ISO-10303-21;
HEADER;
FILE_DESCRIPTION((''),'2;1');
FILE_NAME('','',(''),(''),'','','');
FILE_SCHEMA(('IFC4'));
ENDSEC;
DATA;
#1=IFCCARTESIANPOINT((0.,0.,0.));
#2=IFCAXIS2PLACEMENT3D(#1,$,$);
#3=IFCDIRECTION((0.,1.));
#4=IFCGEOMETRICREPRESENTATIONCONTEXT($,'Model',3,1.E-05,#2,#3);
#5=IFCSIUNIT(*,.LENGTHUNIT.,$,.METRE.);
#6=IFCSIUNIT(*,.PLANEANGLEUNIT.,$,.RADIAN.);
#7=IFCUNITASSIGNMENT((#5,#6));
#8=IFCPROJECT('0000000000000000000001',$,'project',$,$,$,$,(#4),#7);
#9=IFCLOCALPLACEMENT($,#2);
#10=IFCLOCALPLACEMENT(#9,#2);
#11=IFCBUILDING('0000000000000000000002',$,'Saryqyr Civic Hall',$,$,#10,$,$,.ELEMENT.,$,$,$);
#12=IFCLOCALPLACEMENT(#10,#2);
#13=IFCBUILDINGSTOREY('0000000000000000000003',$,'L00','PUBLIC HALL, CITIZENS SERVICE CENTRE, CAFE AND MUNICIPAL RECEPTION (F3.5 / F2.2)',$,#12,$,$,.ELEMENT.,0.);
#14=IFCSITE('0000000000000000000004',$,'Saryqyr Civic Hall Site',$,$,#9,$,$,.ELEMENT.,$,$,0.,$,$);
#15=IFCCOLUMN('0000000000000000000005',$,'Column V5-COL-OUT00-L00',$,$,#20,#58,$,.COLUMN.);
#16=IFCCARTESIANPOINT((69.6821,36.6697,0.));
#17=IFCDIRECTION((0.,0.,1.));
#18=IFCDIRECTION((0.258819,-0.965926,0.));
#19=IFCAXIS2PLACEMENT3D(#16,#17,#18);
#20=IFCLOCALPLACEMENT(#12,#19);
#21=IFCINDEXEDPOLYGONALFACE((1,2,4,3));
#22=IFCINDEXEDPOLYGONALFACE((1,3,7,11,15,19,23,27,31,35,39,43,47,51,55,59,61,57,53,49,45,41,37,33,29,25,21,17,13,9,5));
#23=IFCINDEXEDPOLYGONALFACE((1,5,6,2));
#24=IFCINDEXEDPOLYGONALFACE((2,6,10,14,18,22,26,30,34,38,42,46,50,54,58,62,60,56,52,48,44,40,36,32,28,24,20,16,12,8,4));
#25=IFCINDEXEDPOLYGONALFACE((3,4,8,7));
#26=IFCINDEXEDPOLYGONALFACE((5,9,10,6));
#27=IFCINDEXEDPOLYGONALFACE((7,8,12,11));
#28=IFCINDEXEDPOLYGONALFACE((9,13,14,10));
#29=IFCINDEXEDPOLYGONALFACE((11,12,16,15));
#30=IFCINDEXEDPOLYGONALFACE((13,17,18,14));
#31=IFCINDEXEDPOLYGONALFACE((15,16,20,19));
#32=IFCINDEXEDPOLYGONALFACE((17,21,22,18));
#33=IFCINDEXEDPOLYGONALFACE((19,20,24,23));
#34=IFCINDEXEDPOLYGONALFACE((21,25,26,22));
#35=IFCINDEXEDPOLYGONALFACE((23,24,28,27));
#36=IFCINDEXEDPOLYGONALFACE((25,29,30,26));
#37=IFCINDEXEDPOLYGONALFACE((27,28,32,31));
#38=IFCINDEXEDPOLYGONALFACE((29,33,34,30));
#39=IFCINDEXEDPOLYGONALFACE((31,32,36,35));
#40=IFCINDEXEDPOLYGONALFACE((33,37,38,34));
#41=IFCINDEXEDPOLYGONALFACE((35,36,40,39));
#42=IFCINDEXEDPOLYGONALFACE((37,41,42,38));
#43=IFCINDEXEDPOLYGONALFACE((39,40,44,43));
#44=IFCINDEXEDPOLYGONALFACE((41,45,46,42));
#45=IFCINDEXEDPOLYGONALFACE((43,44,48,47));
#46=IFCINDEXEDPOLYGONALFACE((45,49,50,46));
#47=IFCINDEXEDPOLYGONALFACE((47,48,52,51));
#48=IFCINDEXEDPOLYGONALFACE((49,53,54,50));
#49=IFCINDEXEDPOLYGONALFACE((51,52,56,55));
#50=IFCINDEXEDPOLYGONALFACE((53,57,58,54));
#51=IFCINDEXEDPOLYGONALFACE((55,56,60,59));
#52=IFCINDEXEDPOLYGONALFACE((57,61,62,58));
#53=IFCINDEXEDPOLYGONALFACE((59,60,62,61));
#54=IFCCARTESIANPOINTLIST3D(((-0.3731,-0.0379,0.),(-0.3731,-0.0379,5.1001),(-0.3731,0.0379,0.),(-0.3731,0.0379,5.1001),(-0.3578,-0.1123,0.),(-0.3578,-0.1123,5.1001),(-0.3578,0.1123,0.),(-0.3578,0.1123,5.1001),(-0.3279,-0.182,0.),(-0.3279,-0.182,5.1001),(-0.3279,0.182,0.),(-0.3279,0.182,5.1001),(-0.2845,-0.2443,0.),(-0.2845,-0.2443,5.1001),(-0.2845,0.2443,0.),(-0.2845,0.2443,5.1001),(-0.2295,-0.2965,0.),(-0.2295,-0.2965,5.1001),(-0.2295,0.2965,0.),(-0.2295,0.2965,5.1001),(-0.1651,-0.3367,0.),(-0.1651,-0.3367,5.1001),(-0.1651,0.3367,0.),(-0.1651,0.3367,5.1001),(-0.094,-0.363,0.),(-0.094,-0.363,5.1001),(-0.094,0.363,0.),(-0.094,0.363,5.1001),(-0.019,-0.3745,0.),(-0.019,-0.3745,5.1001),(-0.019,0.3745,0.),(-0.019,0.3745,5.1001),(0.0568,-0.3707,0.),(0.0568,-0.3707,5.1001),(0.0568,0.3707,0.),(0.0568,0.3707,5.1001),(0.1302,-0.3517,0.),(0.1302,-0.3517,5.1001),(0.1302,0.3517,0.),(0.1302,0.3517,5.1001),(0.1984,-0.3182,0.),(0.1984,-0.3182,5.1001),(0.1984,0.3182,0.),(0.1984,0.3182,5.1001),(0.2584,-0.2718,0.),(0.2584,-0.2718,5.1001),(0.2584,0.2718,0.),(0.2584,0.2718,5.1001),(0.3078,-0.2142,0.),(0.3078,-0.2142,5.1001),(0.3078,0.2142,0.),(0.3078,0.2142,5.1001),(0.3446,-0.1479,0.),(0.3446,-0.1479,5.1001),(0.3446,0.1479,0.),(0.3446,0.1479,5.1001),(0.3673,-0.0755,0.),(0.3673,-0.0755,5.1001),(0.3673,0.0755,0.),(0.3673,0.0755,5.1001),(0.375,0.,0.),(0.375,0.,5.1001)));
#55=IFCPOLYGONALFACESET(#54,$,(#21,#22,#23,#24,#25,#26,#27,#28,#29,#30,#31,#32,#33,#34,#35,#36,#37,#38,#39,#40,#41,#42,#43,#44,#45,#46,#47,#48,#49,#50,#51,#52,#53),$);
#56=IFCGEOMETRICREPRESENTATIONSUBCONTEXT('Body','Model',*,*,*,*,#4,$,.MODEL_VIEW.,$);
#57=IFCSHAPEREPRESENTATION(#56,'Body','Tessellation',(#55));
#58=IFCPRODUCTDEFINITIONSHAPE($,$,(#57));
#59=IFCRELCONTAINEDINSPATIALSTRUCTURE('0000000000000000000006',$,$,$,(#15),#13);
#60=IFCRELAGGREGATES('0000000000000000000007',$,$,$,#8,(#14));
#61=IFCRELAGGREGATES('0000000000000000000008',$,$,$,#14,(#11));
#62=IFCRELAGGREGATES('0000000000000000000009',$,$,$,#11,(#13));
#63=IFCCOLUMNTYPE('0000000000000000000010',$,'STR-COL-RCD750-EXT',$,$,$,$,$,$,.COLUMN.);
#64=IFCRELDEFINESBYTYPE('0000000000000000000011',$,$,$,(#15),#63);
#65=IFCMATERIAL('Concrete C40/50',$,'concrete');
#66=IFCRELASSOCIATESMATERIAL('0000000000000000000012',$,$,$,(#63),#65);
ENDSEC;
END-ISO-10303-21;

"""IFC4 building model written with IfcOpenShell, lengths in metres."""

from ifc_helpers import new_model, si_unit, direction, frame, origin, origin_2d, place, context, subcontext, project, spatial, circle, extrude, material, material_profile, profile_set, type_object, element, save


model = new_model("IFC4")

# Units and contexts
model_context = context("Model", 3, precision=1e-05, world=origin(), true_north=direction((0.0, 1.0)))
body_context = subcontext(model_context, "Body", "Model", "MODEL_VIEW")
ifc_project = project(units=[si_unit("LENGTHUNIT", "METRE"), si_unit("PLANEANGLEUNIT", "RADIAN")], contexts=[model_context])

# Site, building, storey
site_placement = place(None, origin())
site = spatial("IfcSite", under=ifc_project, at=site_placement, Name="Saryqyr Civic Hall Site", CompositionType="ELEMENT", RefElevation=0.0)
building_placement = place(site_placement, origin())
building = spatial("IfcBuilding", under=site, at=building_placement, Name="Saryqyr Civic Hall", CompositionType="ELEMENT")
storey_placement = place(building_placement, origin())
storey = spatial("IfcBuildingStorey", under=building, at=storey_placement, Name="L00", Description="PUBLIC HALL, CITIZENS SERVICE CENTRE, CAFE AND MUNICIPAL RECEPTION (F3.5 / F2.2)", CompositionType="ELEMENT", Elevation=0.0)

# Column
ifc_material_1 = material(Name="Concrete C40/50", Category="concrete")
ifc_material_profile_1 = material_profile(ifc_material_1, circle(Radius=0.375, at=origin_2d()), Name="RC D750")
ifc_profile_set_1 = profile_set([ifc_material_profile_1], Name="Concrete C40/50")
column_type_1 = type_object("IfcColumnType", Name="STR-COL-RCD750-EXT", PredefinedType="COLUMN", material=ifc_profile_set_1)
column_1_placement = place(storey_placement, frame((69.6821, 36.6697, 0.0), z_axis=(0.0, 0.0, 1.0), x_axis=(0.258819, -0.965926, 0.0)))
element("IfcColumn", 1, at=column_1_placement, inside=storey, type_object=column_type_1, Name="Column V5-COL-OUT00-L00", PredefinedType="COLUMN", context=body_context, shape_type="SweptSolid", body=[
    extrude(circle(Radius=0.375, at=origin_2d()), origin(), (0.0, 0.0, 1.0), 5.1001),
])

save(model, "model.ifc")
